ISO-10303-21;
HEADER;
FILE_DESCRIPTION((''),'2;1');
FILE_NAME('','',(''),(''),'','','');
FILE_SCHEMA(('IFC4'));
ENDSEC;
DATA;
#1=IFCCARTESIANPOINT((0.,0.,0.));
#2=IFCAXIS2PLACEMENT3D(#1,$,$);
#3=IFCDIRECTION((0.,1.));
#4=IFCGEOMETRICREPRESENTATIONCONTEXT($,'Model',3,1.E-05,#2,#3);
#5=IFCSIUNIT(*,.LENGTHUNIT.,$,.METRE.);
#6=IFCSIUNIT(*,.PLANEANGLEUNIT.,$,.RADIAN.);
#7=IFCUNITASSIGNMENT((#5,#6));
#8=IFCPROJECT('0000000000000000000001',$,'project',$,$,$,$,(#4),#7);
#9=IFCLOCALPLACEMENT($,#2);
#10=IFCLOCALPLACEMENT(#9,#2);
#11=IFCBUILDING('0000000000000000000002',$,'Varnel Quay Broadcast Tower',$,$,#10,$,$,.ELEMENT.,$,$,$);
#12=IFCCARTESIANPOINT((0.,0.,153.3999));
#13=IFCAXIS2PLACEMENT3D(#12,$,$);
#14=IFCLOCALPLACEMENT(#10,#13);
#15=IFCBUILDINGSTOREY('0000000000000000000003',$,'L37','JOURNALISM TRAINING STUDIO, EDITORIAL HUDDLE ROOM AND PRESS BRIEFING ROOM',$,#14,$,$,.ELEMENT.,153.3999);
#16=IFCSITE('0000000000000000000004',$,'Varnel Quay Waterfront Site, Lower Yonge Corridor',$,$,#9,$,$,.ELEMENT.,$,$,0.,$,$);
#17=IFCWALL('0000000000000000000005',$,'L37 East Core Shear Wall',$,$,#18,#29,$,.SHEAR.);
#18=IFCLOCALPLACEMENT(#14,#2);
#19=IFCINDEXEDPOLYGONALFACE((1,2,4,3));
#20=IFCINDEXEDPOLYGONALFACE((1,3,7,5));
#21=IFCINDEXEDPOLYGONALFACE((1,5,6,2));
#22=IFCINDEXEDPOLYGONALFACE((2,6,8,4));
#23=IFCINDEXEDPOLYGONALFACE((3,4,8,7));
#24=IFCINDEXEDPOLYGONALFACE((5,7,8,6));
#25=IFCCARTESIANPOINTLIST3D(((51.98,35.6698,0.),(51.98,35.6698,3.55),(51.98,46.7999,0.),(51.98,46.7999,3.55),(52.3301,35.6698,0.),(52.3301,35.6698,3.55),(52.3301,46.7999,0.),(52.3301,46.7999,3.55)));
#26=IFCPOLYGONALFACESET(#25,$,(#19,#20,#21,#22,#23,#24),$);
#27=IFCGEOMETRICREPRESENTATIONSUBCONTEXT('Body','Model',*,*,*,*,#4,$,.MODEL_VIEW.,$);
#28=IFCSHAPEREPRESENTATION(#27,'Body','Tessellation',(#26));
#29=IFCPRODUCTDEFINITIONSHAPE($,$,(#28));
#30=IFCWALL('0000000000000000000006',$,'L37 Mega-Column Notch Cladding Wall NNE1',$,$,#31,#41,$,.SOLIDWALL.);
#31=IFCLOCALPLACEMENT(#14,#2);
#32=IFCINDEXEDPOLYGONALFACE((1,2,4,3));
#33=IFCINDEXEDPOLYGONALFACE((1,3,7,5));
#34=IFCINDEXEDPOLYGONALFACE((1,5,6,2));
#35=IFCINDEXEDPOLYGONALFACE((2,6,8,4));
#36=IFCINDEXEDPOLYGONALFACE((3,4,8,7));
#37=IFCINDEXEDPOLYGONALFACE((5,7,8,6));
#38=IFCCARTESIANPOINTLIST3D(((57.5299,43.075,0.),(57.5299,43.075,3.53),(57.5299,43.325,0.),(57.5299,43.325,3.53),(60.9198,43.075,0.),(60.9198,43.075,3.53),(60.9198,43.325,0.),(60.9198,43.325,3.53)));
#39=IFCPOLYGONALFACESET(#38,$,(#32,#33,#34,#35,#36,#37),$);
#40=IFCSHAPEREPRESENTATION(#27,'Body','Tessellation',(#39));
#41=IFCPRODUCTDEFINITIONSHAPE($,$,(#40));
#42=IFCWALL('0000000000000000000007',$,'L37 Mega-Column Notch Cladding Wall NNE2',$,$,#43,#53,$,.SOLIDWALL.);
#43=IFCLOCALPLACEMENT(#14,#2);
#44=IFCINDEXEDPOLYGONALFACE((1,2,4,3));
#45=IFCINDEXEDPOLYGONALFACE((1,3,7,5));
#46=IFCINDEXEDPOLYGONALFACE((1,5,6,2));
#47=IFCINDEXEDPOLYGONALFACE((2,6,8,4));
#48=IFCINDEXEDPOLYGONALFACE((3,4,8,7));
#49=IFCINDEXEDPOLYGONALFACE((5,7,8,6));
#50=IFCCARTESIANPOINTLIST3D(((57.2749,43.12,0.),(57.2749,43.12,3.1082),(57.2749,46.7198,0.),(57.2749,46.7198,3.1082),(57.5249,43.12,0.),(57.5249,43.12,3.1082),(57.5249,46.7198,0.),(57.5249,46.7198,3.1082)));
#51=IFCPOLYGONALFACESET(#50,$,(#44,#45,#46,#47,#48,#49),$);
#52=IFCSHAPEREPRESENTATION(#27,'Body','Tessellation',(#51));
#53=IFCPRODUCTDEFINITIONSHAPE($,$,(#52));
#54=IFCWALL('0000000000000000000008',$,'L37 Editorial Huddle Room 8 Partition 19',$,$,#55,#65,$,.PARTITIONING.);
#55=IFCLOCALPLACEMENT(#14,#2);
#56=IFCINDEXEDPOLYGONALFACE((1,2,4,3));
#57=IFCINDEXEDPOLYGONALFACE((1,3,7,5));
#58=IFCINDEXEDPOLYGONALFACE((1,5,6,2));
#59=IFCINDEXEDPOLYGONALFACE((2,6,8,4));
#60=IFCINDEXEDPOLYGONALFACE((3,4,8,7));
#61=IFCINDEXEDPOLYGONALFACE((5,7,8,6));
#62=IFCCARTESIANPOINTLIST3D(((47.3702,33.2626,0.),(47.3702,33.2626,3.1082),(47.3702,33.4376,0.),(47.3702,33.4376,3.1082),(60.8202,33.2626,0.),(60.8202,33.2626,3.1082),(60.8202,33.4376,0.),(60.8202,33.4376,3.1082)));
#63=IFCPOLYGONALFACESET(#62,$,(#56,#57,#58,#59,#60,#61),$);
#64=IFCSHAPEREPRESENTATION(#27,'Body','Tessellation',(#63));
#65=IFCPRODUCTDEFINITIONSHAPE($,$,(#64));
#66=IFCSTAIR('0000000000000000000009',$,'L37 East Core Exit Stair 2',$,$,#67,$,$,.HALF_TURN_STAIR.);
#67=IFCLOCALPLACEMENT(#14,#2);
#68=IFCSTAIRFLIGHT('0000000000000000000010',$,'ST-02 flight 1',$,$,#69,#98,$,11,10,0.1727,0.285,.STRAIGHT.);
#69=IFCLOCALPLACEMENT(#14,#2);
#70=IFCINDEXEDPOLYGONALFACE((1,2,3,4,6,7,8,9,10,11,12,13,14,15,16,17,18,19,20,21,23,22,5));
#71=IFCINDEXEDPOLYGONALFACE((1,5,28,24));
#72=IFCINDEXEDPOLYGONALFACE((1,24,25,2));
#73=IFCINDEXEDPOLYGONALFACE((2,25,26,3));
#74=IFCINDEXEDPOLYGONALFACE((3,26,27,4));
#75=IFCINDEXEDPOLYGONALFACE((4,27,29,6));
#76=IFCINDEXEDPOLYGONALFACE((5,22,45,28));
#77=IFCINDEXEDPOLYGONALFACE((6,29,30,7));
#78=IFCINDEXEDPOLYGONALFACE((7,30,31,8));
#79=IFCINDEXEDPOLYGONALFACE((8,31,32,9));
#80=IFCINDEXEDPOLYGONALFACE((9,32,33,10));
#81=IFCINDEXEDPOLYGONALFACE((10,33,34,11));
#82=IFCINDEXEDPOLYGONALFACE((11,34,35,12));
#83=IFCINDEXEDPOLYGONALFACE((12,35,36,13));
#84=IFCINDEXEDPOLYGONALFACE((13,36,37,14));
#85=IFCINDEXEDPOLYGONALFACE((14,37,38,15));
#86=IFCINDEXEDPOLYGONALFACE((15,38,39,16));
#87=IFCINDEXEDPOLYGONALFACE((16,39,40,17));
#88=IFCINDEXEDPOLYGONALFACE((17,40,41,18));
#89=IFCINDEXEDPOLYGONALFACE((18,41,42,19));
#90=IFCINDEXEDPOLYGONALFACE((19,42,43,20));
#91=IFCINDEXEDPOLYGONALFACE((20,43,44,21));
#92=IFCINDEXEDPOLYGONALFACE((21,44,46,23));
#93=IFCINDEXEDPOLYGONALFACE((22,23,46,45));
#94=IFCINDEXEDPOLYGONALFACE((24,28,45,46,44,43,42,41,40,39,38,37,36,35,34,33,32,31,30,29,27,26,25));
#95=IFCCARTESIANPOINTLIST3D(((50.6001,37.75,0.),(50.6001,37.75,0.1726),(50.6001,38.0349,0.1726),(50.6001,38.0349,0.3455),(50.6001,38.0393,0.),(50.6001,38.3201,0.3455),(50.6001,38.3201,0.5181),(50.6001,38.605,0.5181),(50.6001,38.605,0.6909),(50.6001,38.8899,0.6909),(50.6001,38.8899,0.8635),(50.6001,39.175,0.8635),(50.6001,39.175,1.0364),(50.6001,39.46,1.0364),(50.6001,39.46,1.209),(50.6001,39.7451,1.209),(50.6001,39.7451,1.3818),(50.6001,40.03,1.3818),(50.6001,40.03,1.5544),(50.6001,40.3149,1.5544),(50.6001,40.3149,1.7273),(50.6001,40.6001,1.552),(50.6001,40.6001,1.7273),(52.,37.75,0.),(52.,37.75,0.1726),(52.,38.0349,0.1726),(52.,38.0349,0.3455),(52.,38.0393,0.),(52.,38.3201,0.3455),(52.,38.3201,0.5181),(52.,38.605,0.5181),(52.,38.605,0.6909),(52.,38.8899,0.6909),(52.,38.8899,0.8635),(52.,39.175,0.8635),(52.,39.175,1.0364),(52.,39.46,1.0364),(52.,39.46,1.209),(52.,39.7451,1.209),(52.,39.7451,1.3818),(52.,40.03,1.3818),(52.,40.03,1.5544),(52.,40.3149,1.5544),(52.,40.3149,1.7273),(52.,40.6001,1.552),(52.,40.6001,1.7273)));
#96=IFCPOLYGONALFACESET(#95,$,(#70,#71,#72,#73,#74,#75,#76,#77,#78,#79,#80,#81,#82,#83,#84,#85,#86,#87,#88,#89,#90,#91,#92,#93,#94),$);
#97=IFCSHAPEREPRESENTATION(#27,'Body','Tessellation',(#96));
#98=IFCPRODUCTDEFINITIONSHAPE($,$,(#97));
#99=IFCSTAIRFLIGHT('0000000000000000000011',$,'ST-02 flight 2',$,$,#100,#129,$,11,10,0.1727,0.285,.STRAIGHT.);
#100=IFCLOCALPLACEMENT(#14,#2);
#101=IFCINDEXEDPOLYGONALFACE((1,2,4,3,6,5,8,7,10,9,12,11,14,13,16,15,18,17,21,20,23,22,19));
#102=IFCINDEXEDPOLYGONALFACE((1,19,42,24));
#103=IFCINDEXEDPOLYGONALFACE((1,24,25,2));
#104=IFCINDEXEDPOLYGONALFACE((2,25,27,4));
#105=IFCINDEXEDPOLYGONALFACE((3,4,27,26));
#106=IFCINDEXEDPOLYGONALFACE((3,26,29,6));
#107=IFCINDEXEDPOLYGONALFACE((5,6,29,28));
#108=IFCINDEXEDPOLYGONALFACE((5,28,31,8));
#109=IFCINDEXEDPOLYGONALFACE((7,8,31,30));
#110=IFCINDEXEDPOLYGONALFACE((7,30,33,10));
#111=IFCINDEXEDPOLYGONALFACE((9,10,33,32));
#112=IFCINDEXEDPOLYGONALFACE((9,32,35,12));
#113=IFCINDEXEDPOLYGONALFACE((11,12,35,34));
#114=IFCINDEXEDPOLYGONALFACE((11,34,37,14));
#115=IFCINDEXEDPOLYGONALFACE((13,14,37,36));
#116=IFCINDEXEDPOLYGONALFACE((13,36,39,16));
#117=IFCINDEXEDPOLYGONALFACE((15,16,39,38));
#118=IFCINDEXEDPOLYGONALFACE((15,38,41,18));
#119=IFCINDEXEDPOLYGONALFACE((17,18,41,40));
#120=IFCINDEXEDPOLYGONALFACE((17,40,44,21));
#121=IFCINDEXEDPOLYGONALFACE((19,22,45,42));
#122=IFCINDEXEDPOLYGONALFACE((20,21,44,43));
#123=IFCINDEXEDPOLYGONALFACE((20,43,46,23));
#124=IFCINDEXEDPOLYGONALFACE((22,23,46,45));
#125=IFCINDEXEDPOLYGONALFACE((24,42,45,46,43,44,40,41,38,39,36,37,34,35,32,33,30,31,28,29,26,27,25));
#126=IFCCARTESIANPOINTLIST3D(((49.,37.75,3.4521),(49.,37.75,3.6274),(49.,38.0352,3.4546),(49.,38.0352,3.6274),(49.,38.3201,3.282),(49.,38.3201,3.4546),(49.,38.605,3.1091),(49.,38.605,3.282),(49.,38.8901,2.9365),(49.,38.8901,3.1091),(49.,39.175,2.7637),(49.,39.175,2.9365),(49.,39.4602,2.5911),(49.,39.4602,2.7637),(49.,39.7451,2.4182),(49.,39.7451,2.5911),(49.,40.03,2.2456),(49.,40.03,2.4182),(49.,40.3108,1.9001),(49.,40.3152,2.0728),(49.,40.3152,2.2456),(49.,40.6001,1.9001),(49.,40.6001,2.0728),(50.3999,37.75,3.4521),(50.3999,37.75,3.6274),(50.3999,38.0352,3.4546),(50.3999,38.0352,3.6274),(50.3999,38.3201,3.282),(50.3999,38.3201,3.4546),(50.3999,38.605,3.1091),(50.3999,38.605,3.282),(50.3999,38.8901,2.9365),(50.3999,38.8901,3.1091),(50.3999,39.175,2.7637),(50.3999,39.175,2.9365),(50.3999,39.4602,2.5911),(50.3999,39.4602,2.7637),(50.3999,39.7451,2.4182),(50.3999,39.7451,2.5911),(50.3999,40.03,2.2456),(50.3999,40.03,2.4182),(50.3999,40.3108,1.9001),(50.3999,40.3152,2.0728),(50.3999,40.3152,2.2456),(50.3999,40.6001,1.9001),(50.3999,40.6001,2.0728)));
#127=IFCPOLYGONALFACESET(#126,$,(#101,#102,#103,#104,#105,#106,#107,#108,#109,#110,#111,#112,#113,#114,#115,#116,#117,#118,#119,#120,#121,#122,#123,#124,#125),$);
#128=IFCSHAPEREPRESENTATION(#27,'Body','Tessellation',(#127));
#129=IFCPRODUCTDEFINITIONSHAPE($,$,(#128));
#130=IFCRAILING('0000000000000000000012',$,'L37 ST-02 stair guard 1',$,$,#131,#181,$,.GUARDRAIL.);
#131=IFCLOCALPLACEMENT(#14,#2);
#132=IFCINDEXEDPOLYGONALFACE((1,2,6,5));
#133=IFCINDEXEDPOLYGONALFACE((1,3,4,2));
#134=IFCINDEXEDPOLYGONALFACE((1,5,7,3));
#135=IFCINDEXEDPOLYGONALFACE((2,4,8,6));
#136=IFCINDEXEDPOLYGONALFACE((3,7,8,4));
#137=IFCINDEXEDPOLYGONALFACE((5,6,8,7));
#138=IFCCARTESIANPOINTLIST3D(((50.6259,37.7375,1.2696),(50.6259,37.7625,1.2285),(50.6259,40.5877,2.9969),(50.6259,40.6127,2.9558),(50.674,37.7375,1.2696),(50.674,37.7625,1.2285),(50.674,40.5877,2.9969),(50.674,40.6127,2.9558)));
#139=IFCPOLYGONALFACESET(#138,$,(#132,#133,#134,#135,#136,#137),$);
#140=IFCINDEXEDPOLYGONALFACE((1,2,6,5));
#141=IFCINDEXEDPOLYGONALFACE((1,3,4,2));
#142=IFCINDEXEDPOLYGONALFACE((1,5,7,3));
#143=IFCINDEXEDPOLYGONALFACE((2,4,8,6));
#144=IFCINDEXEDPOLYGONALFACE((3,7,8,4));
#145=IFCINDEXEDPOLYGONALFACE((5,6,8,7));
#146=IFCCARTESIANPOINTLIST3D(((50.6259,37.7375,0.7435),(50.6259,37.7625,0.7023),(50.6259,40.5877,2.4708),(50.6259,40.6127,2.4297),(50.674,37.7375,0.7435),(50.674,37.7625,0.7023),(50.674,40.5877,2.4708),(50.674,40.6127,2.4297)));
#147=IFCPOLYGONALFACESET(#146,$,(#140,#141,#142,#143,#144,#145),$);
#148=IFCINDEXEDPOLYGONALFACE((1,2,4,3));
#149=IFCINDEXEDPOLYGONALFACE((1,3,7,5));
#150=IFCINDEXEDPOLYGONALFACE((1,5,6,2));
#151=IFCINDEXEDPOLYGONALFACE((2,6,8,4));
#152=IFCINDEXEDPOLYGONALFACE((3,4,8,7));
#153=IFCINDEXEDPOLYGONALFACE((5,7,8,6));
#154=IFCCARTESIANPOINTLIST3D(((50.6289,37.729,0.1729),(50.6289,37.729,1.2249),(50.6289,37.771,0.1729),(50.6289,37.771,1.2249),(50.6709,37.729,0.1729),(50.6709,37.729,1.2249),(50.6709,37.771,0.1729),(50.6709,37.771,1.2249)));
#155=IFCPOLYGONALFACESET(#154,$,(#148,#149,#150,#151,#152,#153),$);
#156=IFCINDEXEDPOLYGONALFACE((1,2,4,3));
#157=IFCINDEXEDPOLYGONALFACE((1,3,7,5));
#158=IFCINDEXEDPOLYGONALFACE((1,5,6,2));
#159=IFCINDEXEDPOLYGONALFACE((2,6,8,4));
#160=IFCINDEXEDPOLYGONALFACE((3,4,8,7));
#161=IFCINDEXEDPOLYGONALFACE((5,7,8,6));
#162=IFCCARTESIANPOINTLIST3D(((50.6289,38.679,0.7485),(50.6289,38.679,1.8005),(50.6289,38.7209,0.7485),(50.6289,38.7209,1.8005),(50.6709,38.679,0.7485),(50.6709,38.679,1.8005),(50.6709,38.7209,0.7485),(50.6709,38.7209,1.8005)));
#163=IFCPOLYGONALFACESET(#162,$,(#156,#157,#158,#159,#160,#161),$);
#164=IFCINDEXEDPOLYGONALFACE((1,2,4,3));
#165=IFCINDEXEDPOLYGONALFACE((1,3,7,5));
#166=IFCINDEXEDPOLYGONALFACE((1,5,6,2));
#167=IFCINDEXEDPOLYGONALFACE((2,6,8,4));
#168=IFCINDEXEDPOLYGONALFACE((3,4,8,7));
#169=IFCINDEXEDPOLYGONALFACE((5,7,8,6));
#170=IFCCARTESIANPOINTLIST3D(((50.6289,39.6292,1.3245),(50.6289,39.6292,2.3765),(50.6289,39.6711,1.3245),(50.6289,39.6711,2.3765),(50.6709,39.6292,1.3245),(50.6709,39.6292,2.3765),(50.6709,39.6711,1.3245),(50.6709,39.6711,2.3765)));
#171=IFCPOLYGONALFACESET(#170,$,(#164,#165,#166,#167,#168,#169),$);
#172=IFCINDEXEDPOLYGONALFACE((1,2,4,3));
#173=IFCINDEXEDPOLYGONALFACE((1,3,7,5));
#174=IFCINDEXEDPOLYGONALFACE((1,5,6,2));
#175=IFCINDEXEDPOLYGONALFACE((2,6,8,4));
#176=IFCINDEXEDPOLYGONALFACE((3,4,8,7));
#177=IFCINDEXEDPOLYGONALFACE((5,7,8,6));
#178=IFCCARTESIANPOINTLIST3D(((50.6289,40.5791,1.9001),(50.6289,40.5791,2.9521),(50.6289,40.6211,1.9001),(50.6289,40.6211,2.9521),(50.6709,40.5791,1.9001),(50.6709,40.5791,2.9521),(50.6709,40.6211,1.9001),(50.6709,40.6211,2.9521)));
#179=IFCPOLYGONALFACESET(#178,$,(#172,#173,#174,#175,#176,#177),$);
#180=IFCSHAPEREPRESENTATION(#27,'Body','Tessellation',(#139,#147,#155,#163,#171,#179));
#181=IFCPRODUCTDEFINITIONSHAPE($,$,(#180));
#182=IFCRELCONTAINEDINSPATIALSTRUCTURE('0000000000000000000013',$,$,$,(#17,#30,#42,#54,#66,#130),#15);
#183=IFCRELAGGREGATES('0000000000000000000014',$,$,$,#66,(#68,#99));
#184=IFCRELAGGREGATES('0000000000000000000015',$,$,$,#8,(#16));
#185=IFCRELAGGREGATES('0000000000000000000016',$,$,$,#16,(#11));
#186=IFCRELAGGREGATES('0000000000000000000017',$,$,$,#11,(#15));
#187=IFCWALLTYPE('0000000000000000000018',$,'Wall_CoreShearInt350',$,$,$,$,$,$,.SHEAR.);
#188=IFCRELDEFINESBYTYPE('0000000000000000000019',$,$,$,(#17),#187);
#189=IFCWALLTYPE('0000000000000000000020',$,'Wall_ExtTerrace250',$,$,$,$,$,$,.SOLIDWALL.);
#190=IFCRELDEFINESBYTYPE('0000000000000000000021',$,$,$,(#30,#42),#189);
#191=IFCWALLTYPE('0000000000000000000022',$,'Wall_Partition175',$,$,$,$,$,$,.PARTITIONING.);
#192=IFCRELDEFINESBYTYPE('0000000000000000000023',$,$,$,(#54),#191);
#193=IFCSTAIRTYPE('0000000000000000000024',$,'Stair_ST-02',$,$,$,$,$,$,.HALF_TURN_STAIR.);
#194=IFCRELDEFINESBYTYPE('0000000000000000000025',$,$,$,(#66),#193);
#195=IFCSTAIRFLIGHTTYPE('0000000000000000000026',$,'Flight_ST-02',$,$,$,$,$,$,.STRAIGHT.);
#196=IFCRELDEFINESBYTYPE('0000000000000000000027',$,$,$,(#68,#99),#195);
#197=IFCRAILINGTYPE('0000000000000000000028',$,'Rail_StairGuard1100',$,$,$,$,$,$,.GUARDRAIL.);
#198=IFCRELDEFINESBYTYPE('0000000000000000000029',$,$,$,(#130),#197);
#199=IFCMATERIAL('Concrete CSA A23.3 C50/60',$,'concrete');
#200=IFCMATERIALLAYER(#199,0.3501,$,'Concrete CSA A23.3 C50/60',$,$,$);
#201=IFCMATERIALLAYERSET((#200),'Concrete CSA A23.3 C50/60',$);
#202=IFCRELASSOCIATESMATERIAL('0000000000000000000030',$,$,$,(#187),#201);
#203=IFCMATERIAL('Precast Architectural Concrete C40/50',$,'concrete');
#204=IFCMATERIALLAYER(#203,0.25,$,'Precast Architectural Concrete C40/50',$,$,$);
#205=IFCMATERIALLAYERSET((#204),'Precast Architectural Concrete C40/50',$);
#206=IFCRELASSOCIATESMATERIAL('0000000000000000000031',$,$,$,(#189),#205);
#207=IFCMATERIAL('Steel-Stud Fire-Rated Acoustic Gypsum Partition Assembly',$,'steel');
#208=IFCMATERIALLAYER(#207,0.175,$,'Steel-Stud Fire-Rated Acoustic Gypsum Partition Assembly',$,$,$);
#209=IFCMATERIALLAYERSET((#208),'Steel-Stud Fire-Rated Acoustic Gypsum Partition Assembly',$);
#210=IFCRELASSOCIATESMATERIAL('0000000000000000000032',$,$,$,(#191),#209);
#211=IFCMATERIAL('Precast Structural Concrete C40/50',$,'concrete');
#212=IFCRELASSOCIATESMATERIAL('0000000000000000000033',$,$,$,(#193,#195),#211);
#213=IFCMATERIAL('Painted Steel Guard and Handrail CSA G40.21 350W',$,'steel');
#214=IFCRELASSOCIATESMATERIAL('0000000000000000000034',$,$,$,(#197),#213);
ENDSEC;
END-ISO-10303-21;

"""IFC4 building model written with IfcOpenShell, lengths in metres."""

from ifc_helpers import new_model, si_unit, direction, frame, frame_2d, origin, origin_2d, place, context, subcontext, project, spatial, polyline, rectangle, outline, extrude, material, layer, layer_set, type_object, element, aggregate, save


model = new_model("IFC4")

# Units and contexts
model_context = context("Model", 3, precision=1e-05, world=origin(), true_north=direction((0.0, 1.0)))
body_context = subcontext(model_context, "Body", "Model", "MODEL_VIEW")
ifc_project = project(units=[si_unit("LENGTHUNIT", "METRE"), si_unit("PLANEANGLEUNIT", "RADIAN")], contexts=[model_context])

# Site, building, storey
site_placement = place(None, origin())
site = spatial("IfcSite", under=ifc_project, at=site_placement, Name="Varnel Quay Waterfront Site, Lower Yonge Corridor", CompositionType="ELEMENT", RefElevation=0.0)
building_placement = place(site_placement, origin())
building = spatial("IfcBuilding", under=site, at=building_placement, Name="Varnel Quay Broadcast Tower", CompositionType="ELEMENT")
storey_placement = place(building_placement, frame((0.0, 0.0, 153.3999)))
storey = spatial("IfcBuildingStorey", under=building, at=storey_placement, Name="L37", Description="JOURNALISM TRAINING STUDIO, EDITORIAL HUDDLE ROOM AND PRESS BRIEFING ROOM", CompositionType="ELEMENT", Elevation=153.3999)

# Walls
ifc_material_1 = material(Name="Concrete CSA A23.3 C50/60", Category="concrete")
ifc_layer_1 = layer(ifc_material_1, 0.3501, Name="Concrete CSA A23.3 C50/60")
ifc_layer_set_1 = layer_set([ifc_layer_1], Name="Concrete CSA A23.3 C50/60")
wall_type_1 = type_object("IfcWallType", Name="Wall_CoreShearInt350", PredefinedType="SHEAR", material=ifc_layer_set_1)
wall_1_placement = place(storey_placement, frame((52.155, 35.6699, 0.0), z_axis=(0.0, 0.0, 1.0), x_axis=(0.0, 1.0, 0.0)))
element("IfcWall", 1, at=wall_1_placement, inside=storey, type_object=wall_type_1, Name="L37 East Core Shear Wall", PredefinedType="SHEAR", context=body_context, shape_type="SweptSolid", body=[
    extrude(rectangle(XDim=11.1301, YDim=0.3501, at=frame_2d((5.5649, 0.0))), origin(), (0.0, 0.0, 1.0), 3.55),
])
ifc_material_2 = material(Name="Precast Architectural Concrete C40/50", Category="concrete")
ifc_layer_2 = layer(ifc_material_2, 0.25, Name="Precast Architectural Concrete C40/50")
ifc_layer_set_2 = layer_set([ifc_layer_2], Name="Precast Architectural Concrete C40/50")
wall_type_2 = type_object("IfcWallType", Name="Wall_ExtTerrace250", PredefinedType="SOLIDWALL", material=ifc_layer_set_2)
wall_2_placement = place(storey_placement, frame((57.53, 43.2, 0.0), z_axis=(0.0, 0.0, 1.0), x_axis=(1.0, 0.0, 0.0)))
element("IfcWall", 2, at=wall_2_placement, inside=storey, type_object=wall_type_2, Name="L37 Mega-Column Notch Cladding Wall NNE1", PredefinedType="SOLIDWALL", context=body_context, shape_type="SweptSolid", body=[
    extrude(rectangle(XDim=3.3899, YDim=0.25, at=frame_2d((1.6948, 0.0))), origin(), (0.0, 0.0, 1.0), 3.53),
])
wall_3_placement = place(storey_placement, frame((57.3999, 43.1201, 0.0), z_axis=(0.0, 0.0, 1.0), x_axis=(0.0, 1.0, 0.0)))
element("IfcWall", 3, at=wall_3_placement, inside=storey, type_object=wall_type_2, Name="L37 Mega-Column Notch Cladding Wall NNE2", PredefinedType="SOLIDWALL", context=body_context, shape_type="SweptSolid", body=[
    extrude(rectangle(XDim=3.5999, YDim=0.25, at=frame_2d((1.7998, 0.0))), origin(), (0.0, 0.0, 1.0), 3.1082),
])
ifc_material_3 = material(Name="Steel-Stud Fire-Rated Acoustic Gypsum Partition Assembly", Category="steel")
ifc_layer_3 = layer(ifc_material_3, 0.175, Name="Steel-Stud Fire-Rated Acoustic Gypsum Partition Assembly")
ifc_layer_set_3 = layer_set([ifc_layer_3], Name="Steel-Stud Fire-Rated Acoustic Gypsum Partition Assembly")
wall_type_3 = type_object("IfcWallType", Name="Wall_Partition175", PredefinedType="PARTITIONING", material=ifc_layer_set_3)
wall_4_placement = place(storey_placement, frame((47.3701, 33.3501, 0.0), z_axis=(0.0, 0.0, 1.0), x_axis=(1.0, 0.0, 0.0)))
element("IfcWall", 4, at=wall_4_placement, inside=storey, type_object=wall_type_3, Name="L37 Editorial Huddle Room 8 Partition 19", PredefinedType="PARTITIONING", context=body_context, shape_type="SweptSolid", body=[
    extrude(rectangle(XDim=13.45, YDim=0.175, at=frame_2d((6.7251, 0.0))), origin(), (0.0, 0.0, 1.0), 3.1082),
])

# Stair, stair flights
ifc_material_4 = material(Name="Precast Structural Concrete C40/50", Category="concrete")
stair_type = type_object("IfcStairType", Name="Stair_ST-02", PredefinedType="HALF_TURN_STAIR", material=ifc_material_4)
stair_placement = place(storey_placement, origin())
stair = element("IfcStair", 5, at=stair_placement, inside=storey, type_object=stair_type, Name="L37 East Core Exit Stair 2", PredefinedType="HALF_TURN_STAIR")
stair_flight_type = type_object("IfcStairFlightType", Name="Flight_ST-02", PredefinedType="STRAIGHT", material=ifc_material_4)
stair_flight_1_placement = place(storey_placement, frame((51.3, 37.75, 0.0), z_axis=(0.0, 0.0, 1.0), x_axis=(0.0, 1.0, 0.0)))
stair_flight_1 = element("IfcStairFlight", 6, at=stair_flight_1_placement, type_object=stair_flight_type, Name="ST-02 flight 1", NumberOfRisers=11, NumberOfTreads=10, PredefinedType="STRAIGHT", RiserHeight=0.1727, TreadLength=0.285, context=body_context, shape_type="SweptSolid", body=[
    extrude(outline(polyline([(0.0, 0.0), (0.0, 0.1726), (0.2849, 0.1726), (0.2849, 0.3455), (0.5701, 0.3455), (0.5701, 0.5181), (0.855, 0.5181), (0.855, 0.6909), (1.1399, 0.6909), (1.1399, 0.8635), (1.425, 0.8635), (1.425, 1.0364), (1.71, 1.0364), (1.71, 1.209), (1.9951, 1.209), (1.9951, 1.3818), (2.28, 1.3818), (2.28, 1.5544), (2.5649, 1.5544), (2.5649, 1.7273), (2.8501, 1.7273), (2.8501, 1.8999), (2.8501, 1.552), (0.2893, 0.0), (0.0, 0.0)])), frame((0.0, 0.7, 0.0), z_axis=(0.0, -1.0, 0.0), x_axis=(1.0, 0.0, 0.0)), (0.0, 0.0, 1.0), 1.3999),
])
stair_flight_2_placement = place(storey_placement, frame((49.7, 40.6001, 1.9001), z_axis=(0.0, 0.0, 1.0), x_axis=(0.0, -1.0, 0.0)))
stair_flight_2 = element("IfcStairFlight", 7, at=stair_flight_2_placement, type_object=stair_flight_type, Name="ST-02 flight 2", NumberOfRisers=11, NumberOfTreads=10, PredefinedType="STRAIGHT", RiserHeight=0.1727, TreadLength=0.285, context=body_context, shape_type="SweptSolid", body=[
    extrude(outline(polyline([(0.0, 0.0), (0.0, 0.1726), (0.2849, 0.1726), (0.2849, 0.3455), (0.5701, 0.3455), (0.5701, 0.5181), (0.855, 0.5181), (0.855, 0.6909), (1.1399, 0.6909), (1.1399, 0.8635), (1.425, 0.8635), (1.425, 1.0364), (1.71, 1.0364), (1.71, 1.209), (1.9951, 1.209), (1.9951, 1.3818), (2.28, 1.3818), (2.28, 1.5544), (2.5649, 1.5544), (2.5649, 1.7273), (2.8501, 1.7273), (2.8501, 1.8999), (2.8501, 1.552), (0.2893, 0.0), (0.0, 0.0)])), frame((0.0, 0.7, 0.0), z_axis=(0.0, -1.0, 0.0), x_axis=(1.0, 0.0, 0.0)), (0.0, 0.0, 1.0), 1.3999),
])
aggregate(stair, [stair_flight_1, stair_flight_2])

# Railing
ifc_material_5 = material(Name="Painted Steel Guard and Handrail CSA G40.21 350W", Category="steel")
railing_type_1 = type_object("IfcRailingType", Name="Rail_StairGuard1100", PredefinedType="GUARDRAIL", material=ifc_material_5)
railing_1_placement = place(storey_placement, frame((50.6499, 37.75, 0.1729)))
element("IfcRailing", 8, at=railing_1_placement, inside=storey, type_object=railing_type_1, Name="L37 ST-02 stair guard 1", PredefinedType="GUARDRAIL", context=body_context, shape_type="SweptSolid", body=[
    extrude(rectangle(XDim=0.0481, YDim=0.0481, at=origin_2d()), frame((0.0, 0.0, 1.0762), z_axis=(0.0, 0.855203, 0.518294), x_axis=(-1.0, 0.0, 0.0)), (0.0, 0.0, 1.0), 3.3328),
    extrude(rectangle(XDim=0.0481, YDim=0.0481, at=origin_2d()), frame((0.0, 0.0, 0.55), z_axis=(0.0, 0.855203, 0.518294), x_axis=(-1.0, 0.0, 0.0)), (0.0, 0.0, 1.0), 3.3328),
    extrude(rectangle(XDim=0.042, YDim=0.042, at=origin_2d()), origin(), (0.0, 0.0, 1.0), 1.052),
    extrude(rectangle(XDim=0.042, YDim=0.042, at=origin_2d()), frame((0.0, 0.95, 0.5757)), (0.0, 0.0, 1.0), 1.052),
    extrude(rectangle(XDim=0.042, YDim=0.042, at=origin_2d()), frame((0.0, 1.9001, 1.1516)), (0.0, 0.0, 1.0), 1.052),
    extrude(rectangle(XDim=0.042, YDim=0.042, at=origin_2d()), frame((0.0, 2.8501, 1.7273)), (0.0, 0.0, 1.0), 1.052),
])

save(model, "model.ifc")
